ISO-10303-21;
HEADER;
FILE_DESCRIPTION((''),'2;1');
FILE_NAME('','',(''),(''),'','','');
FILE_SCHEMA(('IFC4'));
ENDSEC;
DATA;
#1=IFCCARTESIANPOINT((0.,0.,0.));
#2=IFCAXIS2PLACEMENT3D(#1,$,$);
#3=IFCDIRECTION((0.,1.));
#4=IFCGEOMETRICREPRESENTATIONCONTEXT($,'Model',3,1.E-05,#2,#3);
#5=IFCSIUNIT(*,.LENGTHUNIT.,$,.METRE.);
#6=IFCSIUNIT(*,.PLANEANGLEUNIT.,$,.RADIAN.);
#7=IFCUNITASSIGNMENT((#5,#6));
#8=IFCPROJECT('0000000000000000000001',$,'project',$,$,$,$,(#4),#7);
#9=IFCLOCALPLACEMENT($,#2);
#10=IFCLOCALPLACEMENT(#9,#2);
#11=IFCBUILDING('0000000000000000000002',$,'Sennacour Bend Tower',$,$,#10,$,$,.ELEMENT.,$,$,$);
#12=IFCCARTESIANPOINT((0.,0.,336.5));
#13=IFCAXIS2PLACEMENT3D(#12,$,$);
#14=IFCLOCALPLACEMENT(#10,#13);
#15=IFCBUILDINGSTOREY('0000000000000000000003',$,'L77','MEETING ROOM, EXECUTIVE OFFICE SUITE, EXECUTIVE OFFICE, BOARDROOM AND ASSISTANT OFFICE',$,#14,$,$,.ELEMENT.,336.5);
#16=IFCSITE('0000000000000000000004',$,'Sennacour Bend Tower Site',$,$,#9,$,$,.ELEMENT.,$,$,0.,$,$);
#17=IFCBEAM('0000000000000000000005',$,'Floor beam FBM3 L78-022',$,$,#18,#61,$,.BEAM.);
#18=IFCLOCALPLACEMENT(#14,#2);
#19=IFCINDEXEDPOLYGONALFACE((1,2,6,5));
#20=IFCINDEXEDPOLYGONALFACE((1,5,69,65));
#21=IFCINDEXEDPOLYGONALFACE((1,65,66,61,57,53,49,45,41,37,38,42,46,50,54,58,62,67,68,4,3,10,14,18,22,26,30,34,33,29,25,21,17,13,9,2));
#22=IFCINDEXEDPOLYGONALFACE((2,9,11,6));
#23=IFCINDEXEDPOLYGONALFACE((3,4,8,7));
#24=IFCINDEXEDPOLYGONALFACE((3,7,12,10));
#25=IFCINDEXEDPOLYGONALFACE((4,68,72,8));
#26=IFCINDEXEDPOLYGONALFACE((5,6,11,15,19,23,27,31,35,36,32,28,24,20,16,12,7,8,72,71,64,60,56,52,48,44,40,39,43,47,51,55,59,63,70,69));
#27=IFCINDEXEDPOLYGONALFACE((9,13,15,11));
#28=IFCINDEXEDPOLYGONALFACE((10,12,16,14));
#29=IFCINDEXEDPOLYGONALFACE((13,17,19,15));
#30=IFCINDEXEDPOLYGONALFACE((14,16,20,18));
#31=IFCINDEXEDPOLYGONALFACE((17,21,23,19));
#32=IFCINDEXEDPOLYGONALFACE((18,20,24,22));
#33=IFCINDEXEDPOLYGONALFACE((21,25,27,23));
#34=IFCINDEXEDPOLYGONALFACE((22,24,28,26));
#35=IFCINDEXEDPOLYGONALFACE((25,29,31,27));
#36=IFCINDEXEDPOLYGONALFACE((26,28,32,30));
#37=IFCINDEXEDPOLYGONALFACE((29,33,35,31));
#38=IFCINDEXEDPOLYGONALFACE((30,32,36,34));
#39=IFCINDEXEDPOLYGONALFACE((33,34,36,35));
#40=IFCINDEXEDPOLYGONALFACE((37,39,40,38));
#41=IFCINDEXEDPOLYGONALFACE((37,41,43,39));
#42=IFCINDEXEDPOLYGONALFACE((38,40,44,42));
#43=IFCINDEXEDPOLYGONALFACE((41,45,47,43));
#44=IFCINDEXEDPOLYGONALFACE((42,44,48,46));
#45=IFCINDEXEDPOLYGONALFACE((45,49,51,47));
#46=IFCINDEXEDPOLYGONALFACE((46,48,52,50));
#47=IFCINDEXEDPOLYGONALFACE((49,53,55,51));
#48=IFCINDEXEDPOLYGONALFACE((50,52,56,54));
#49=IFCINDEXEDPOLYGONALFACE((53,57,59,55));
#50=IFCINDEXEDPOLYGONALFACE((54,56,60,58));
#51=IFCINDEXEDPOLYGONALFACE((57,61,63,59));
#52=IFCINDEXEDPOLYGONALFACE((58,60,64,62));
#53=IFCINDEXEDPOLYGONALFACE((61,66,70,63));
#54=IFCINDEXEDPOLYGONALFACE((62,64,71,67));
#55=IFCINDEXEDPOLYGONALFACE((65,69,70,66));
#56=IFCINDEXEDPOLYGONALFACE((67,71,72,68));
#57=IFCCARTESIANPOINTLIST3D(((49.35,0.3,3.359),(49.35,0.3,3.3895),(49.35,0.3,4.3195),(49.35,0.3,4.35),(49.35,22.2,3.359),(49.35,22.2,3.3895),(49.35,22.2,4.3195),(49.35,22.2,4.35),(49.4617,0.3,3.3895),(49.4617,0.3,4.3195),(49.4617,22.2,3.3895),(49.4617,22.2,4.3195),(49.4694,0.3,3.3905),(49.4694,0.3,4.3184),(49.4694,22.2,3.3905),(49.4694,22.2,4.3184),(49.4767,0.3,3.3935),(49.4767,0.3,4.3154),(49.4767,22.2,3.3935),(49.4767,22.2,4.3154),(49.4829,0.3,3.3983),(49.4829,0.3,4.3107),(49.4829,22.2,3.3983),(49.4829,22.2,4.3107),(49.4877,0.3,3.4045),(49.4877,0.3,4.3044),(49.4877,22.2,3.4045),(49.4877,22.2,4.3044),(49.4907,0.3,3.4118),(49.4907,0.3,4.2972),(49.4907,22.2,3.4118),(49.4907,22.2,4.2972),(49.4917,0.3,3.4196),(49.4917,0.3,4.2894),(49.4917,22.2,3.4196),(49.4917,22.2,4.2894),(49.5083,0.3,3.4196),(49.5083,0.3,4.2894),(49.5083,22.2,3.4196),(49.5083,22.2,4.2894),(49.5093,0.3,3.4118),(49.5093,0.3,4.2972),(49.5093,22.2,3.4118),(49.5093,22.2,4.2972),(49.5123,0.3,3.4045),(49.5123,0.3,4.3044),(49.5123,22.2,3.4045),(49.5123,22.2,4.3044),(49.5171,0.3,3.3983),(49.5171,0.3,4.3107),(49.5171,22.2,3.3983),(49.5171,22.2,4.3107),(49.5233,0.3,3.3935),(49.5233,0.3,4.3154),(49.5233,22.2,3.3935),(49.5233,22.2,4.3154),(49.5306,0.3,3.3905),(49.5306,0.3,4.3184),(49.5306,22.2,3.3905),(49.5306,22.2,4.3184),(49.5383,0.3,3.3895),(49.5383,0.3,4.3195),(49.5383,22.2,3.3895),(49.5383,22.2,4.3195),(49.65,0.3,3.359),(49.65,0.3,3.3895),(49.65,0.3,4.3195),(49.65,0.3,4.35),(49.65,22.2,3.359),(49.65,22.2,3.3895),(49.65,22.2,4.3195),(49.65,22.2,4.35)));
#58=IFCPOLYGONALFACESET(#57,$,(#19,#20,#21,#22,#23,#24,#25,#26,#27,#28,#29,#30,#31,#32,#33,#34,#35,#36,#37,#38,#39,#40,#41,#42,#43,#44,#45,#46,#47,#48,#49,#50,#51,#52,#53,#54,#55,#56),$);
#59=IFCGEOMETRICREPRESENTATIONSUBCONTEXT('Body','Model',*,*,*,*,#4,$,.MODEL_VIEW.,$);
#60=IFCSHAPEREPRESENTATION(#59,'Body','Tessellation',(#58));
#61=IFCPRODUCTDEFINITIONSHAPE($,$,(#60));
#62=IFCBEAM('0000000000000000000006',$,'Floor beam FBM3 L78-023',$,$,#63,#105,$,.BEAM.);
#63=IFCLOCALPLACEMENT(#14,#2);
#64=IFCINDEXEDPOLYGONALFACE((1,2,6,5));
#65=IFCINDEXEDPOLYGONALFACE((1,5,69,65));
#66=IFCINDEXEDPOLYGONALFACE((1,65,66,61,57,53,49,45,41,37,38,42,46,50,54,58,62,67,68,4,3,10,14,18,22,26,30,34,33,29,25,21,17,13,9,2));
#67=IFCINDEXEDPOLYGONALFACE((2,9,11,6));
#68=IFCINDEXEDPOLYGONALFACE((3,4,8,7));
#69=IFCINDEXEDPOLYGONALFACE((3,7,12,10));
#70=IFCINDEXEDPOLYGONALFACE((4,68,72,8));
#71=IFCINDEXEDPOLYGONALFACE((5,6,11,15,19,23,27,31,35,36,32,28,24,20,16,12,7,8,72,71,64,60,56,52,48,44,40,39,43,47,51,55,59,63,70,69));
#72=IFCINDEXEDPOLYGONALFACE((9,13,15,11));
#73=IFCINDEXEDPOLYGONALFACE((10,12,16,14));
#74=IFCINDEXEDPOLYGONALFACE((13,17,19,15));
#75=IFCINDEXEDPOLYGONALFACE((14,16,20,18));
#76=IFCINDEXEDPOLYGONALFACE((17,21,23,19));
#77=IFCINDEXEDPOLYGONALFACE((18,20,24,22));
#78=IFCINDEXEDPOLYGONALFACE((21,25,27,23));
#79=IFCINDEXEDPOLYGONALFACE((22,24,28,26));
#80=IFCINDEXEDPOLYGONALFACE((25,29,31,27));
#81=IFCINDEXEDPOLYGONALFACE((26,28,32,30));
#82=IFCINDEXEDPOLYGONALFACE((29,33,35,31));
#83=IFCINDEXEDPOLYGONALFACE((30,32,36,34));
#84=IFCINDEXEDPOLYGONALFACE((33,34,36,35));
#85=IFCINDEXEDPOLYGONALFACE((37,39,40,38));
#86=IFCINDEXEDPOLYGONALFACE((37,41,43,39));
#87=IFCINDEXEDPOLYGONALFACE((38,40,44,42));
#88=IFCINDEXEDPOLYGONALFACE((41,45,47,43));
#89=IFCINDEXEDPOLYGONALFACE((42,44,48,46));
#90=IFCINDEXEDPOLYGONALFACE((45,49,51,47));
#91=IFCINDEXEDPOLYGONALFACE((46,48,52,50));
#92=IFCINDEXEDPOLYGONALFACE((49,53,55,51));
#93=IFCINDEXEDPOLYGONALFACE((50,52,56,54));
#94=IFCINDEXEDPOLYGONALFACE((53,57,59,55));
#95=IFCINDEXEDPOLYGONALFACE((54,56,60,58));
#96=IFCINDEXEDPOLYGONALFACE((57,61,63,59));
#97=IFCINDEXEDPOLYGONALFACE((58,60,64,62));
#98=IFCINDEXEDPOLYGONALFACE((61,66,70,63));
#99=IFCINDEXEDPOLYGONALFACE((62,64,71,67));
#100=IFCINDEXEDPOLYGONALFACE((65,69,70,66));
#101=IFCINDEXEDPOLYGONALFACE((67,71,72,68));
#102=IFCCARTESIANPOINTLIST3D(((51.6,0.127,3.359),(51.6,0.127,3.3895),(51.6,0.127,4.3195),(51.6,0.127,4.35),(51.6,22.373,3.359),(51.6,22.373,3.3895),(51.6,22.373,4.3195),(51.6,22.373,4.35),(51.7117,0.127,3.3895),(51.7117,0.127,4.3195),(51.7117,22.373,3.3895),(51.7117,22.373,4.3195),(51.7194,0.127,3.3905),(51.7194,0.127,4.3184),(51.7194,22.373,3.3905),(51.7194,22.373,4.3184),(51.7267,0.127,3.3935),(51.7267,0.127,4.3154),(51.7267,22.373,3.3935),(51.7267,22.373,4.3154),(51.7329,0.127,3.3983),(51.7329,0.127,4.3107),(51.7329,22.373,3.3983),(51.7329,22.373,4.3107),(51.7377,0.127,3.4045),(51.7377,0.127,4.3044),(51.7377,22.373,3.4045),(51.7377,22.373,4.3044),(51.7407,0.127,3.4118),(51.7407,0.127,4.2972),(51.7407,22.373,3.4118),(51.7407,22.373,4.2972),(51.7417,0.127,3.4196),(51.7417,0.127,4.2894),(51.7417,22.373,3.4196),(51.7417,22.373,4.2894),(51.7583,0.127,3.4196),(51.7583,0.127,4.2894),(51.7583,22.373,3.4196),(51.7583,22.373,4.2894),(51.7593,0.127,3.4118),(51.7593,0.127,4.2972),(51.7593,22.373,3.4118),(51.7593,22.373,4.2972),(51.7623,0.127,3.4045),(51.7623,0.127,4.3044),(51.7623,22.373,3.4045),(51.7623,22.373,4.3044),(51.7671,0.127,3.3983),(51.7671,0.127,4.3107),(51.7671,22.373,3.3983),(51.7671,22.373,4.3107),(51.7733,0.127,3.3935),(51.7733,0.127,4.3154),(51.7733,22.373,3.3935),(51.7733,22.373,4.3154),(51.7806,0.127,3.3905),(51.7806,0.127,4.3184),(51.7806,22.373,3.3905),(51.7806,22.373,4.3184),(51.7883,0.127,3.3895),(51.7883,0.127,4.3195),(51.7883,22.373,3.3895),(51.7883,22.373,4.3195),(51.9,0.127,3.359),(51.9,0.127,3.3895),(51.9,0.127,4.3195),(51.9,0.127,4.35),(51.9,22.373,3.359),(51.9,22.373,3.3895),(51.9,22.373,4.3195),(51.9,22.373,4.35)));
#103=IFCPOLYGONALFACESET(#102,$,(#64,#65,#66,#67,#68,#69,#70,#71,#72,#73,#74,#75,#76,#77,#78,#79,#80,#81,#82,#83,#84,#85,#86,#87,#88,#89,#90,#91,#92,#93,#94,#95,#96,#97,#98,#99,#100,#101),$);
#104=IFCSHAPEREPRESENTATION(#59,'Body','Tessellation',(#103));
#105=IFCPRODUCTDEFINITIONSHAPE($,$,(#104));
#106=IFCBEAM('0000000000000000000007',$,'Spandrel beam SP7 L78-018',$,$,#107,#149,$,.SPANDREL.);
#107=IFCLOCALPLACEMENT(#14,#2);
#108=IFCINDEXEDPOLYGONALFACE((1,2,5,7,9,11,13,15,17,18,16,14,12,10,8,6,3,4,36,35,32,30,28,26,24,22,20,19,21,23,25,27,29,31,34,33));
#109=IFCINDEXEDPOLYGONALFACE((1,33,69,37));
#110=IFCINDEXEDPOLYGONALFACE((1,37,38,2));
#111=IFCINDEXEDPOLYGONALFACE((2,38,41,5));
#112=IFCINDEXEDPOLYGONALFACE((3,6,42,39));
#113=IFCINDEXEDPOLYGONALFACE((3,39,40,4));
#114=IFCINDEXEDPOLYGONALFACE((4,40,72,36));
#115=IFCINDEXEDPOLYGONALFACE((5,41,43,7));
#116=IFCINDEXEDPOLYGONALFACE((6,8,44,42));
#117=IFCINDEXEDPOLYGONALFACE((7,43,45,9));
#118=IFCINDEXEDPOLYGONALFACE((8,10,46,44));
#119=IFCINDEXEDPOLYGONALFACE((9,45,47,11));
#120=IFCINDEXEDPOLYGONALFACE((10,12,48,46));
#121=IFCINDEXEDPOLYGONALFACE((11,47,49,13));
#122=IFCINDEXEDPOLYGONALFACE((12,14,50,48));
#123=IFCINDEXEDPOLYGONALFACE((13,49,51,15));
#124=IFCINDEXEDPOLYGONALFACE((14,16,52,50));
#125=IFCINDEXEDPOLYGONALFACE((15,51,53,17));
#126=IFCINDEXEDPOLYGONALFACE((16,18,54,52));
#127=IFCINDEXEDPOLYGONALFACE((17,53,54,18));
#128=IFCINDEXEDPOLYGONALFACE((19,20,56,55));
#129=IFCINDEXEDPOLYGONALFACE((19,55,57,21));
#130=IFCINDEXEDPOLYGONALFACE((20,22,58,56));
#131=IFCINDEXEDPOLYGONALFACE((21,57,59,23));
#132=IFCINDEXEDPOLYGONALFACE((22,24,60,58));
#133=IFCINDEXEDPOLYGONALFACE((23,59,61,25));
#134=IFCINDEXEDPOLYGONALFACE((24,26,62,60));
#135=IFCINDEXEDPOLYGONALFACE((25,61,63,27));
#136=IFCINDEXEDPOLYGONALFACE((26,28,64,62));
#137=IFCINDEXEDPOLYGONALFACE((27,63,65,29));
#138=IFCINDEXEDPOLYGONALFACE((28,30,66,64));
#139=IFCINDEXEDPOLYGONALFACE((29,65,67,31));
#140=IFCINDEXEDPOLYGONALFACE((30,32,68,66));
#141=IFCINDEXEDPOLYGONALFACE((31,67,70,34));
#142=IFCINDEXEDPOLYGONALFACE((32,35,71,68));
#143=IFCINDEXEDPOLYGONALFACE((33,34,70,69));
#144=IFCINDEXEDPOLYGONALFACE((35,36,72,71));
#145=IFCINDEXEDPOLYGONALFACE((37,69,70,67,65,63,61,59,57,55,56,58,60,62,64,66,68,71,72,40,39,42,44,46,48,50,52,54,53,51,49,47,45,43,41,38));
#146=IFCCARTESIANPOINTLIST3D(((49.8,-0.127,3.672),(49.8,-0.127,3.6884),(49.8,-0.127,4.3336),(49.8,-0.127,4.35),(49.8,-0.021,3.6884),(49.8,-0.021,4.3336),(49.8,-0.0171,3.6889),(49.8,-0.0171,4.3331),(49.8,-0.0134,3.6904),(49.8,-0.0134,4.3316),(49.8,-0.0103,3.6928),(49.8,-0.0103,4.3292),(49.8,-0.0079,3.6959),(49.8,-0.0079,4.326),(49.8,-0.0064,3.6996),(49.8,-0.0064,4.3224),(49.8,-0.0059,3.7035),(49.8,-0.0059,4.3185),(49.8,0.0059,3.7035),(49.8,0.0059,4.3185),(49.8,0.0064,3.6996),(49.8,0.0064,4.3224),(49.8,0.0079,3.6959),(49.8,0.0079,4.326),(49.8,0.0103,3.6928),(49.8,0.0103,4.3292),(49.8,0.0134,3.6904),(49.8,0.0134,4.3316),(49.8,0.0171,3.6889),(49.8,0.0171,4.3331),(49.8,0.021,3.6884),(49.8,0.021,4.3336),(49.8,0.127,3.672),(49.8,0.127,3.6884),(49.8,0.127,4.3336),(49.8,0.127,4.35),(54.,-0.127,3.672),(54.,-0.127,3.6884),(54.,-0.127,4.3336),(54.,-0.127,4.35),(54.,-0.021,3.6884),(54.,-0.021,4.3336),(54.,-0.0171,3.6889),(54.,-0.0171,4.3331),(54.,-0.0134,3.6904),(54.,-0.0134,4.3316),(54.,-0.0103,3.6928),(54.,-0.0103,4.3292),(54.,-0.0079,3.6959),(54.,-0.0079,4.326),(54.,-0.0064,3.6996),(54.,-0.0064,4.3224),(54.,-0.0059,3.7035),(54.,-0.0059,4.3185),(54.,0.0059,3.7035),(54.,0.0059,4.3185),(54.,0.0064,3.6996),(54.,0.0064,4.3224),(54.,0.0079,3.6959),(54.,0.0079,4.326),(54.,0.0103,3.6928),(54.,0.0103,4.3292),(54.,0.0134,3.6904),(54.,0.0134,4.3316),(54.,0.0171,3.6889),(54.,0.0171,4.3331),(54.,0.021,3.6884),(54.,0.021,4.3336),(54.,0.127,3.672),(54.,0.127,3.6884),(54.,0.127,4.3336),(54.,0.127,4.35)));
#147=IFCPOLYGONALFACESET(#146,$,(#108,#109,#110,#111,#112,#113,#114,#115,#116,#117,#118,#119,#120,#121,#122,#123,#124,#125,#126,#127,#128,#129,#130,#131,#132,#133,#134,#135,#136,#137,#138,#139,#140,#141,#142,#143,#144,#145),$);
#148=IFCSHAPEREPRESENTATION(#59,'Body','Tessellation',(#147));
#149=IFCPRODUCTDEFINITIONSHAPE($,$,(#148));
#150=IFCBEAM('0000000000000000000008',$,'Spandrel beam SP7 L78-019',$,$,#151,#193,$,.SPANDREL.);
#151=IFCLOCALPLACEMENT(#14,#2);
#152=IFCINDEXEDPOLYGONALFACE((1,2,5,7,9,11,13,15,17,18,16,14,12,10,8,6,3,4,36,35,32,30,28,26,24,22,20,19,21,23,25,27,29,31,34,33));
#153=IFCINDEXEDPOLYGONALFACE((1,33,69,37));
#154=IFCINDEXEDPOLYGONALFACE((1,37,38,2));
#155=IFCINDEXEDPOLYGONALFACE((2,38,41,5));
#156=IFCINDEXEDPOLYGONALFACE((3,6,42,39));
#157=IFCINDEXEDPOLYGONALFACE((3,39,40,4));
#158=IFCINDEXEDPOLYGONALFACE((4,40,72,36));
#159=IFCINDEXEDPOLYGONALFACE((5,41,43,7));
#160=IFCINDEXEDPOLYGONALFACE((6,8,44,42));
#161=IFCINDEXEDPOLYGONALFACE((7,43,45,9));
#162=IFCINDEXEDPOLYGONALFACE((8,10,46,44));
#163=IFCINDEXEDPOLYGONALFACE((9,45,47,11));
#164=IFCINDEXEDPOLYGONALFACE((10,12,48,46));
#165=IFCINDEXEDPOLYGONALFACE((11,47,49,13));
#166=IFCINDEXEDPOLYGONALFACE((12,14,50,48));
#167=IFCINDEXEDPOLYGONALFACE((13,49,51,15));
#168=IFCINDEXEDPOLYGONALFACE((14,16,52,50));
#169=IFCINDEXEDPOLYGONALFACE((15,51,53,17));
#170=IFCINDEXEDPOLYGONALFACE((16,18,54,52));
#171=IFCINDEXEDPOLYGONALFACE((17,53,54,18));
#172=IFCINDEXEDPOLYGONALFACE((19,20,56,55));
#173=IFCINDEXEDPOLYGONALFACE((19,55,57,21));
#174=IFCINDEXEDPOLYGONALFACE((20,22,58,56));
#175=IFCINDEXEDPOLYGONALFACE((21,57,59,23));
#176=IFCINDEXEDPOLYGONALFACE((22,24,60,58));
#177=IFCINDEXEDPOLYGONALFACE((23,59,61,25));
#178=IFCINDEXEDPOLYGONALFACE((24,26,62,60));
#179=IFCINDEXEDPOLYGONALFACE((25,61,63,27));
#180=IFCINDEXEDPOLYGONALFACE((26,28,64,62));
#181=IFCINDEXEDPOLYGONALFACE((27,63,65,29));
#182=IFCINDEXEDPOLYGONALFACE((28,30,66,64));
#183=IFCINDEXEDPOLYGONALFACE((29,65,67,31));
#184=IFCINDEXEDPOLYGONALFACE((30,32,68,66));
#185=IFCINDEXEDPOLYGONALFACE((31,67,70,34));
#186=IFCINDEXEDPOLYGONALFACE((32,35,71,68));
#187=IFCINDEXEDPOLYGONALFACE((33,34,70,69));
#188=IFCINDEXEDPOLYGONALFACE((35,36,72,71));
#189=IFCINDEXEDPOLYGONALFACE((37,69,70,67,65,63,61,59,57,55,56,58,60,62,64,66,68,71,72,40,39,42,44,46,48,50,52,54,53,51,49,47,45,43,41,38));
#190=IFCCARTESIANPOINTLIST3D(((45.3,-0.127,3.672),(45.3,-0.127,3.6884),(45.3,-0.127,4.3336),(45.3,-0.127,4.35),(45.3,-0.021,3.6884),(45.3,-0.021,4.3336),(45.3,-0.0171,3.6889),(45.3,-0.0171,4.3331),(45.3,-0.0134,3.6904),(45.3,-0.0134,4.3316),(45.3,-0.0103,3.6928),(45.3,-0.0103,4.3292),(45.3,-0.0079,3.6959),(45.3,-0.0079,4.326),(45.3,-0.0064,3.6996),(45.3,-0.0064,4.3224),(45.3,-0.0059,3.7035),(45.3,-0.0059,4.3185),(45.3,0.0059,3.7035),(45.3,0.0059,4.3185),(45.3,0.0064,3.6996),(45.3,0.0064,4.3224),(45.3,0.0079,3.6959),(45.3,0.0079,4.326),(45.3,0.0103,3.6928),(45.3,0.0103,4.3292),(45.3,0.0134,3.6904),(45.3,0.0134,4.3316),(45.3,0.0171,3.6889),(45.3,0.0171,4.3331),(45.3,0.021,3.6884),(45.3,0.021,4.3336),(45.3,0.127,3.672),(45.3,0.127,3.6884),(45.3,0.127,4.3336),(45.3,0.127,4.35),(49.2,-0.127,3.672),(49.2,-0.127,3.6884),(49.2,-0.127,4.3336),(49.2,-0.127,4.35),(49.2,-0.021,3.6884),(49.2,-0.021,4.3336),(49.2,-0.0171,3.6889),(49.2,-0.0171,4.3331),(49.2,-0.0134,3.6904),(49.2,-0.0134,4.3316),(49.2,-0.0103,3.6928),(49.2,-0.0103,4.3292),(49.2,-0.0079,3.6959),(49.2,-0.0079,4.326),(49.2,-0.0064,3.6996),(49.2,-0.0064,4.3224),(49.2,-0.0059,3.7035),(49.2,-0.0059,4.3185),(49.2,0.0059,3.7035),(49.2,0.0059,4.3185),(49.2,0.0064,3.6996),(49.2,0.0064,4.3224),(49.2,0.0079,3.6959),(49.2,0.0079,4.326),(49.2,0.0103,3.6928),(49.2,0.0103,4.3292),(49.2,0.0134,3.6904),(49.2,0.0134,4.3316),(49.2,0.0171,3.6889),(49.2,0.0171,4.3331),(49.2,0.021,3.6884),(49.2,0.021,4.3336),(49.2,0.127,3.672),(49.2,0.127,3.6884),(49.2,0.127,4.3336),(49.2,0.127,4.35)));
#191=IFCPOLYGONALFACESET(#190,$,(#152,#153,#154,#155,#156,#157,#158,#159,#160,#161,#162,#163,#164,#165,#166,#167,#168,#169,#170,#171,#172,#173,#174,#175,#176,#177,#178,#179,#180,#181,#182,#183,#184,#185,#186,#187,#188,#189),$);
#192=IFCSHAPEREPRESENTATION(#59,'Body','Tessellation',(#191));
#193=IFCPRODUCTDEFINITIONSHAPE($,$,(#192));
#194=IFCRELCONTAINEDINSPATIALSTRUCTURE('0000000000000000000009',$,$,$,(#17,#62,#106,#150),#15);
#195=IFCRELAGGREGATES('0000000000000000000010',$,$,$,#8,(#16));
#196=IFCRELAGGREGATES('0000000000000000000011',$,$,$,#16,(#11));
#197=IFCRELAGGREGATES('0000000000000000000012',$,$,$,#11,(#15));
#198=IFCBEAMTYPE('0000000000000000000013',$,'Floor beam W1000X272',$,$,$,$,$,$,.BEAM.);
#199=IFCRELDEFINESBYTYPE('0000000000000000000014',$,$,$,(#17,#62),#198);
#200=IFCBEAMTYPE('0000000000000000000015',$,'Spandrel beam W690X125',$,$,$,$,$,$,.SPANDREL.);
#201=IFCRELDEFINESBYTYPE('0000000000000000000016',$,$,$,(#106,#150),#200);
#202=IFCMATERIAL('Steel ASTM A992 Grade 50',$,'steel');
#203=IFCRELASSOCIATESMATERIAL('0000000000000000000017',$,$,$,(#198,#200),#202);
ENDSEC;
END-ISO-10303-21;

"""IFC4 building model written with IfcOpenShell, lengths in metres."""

from ifc_helpers import new_model, si_unit, direction, frame, origin, origin_2d, place, context, subcontext, project, spatial, i_section, extrude, material, material_profile, profile_set, type_object, element, save


model = new_model("IFC4")

# Units and contexts
model_context = context("Model", 3, precision=1e-05, world=origin(), true_north=direction((0.0, 1.0)))
body_context = subcontext(model_context, "Body", "Model", "MODEL_VIEW")
ifc_project = project(units=[si_unit("LENGTHUNIT", "METRE"), si_unit("PLANEANGLEUNIT", "RADIAN")], contexts=[model_context])

# Site, building, storey
site_placement = place(None, origin())
site = spatial("IfcSite", under=ifc_project, at=site_placement, Name="Sennacour Bend Tower Site", CompositionType="ELEMENT", RefElevation=0.0)
building_placement = place(site_placement, origin())
building = spatial("IfcBuilding", under=site, at=building_placement, Name="Sennacour Bend Tower", CompositionType="ELEMENT")
storey_placement = place(building_placement, frame((0.0, 0.0, 336.5)))
storey = spatial("IfcBuildingStorey", under=building, at=storey_placement, Name="L77", Description="MEETING ROOM, EXECUTIVE OFFICE SUITE, EXECUTIVE OFFICE, BOARDROOM AND ASSISTANT OFFICE", CompositionType="ELEMENT", Elevation=336.5)

# Beams
ifc_material_1 = material(Name="Steel ASTM A992 Grade 50", Category="steel")
ifc_material_profile_1 = material_profile(ifc_material_1, i_section(OverallWidth=0.3, OverallDepth=0.991, WebThickness=0.0166, FlangeThickness=0.0305, FilletRadius=0.03, at=origin_2d()), Name="Steel ASTM A992 Grade 50", Category="steel")
ifc_profile_set_1 = profile_set([ifc_material_profile_1], Name="Steel ASTM A992 Grade 50")
beam_type_1 = type_object("IfcBeamType", Name="Floor beam W1000X272", PredefinedType="BEAM", material=ifc_profile_set_1)
beam_1_placement = place(storey_placement, frame((49.5, 0.3, 3.8545), z_axis=(0.0, 1.0, 0.0), x_axis=(-1.0, 0.0, 0.0)))
element("IfcBeam", 1, at=beam_1_placement, inside=storey, type_object=beam_type_1, Name="Floor beam FBM3 L78-022", PredefinedType="BEAM", context=body_context, shape_type="SweptSolid", body=[
    extrude(i_section(OverallWidth=0.3, OverallDepth=0.991, WebThickness=0.0166, FlangeThickness=0.0305, FilletRadius=0.03, at=origin_2d()), origin(), (0.0, 0.0, 1.0), 21.8999),
])
beam_2_placement = place(storey_placement, frame((51.75, 0.127, 3.8545), z_axis=(0.0, 1.0, 0.0), x_axis=(-1.0, 0.0, 0.0)))
element("IfcBeam", 2, at=beam_2_placement, inside=storey, type_object=beam_type_1, Name="Floor beam FBM3 L78-023", PredefinedType="BEAM", context=body_context, shape_type="SweptSolid", body=[
    extrude(i_section(OverallWidth=0.3, OverallDepth=0.991, WebThickness=0.0166, FlangeThickness=0.0305, FilletRadius=0.03, at=origin_2d()), origin(), (0.0, 0.0, 1.0), 22.2461),
])
ifc_material_profile_2 = material_profile(ifc_material_1, i_section(OverallWidth=0.2539, OverallDepth=0.678, WebThickness=0.0117, FlangeThickness=0.0164, FilletRadius=0.0151, at=origin_2d()), Name="Steel ASTM A992 Grade 50", Category="steel")
ifc_profile_set_2 = profile_set([ifc_material_profile_2], Name="Steel ASTM A992 Grade 50")
beam_type_2 = type_object("IfcBeamType", Name="Spandrel beam W690X125", PredefinedType="SPANDREL", material=ifc_profile_set_2)
beam_3_placement = place(storey_placement, frame((54.0, 0.0, 4.011), z_axis=(-1.0, 0.0, 0.0), x_axis=(0.0, -1.0, 0.0)))
element("IfcBeam", 3, at=beam_3_placement, inside=storey, type_object=beam_type_2, Name="Spandrel beam SP7 L78-018", PredefinedType="SPANDREL", context=body_context, shape_type="SweptSolid", body=[
    extrude(i_section(OverallWidth=0.2539, OverallDepth=0.678, WebThickness=0.0117, FlangeThickness=0.0164, FilletRadius=0.0151, at=origin_2d()), origin(), (0.0, 0.0, 1.0), 4.2),
])
beam_4_placement = place(storey_placement, frame((49.2, 0.0, 4.011), z_axis=(-1.0, 0.0, 0.0), x_axis=(0.0, -1.0, 0.0)))
element("IfcBeam", 4, at=beam_4_placement, inside=storey, type_object=beam_type_2, Name="Spandrel beam SP7 L78-019", PredefinedType="SPANDREL", context=body_context, shape_type="SweptSolid", body=[
    extrude(i_section(OverallWidth=0.2539, OverallDepth=0.678, WebThickness=0.0117, FlangeThickness=0.0164, FilletRadius=0.0151, at=origin_2d()), origin(), (0.0, 0.0, 1.0), 3.8999),
])

save(model, "model.ifc")
